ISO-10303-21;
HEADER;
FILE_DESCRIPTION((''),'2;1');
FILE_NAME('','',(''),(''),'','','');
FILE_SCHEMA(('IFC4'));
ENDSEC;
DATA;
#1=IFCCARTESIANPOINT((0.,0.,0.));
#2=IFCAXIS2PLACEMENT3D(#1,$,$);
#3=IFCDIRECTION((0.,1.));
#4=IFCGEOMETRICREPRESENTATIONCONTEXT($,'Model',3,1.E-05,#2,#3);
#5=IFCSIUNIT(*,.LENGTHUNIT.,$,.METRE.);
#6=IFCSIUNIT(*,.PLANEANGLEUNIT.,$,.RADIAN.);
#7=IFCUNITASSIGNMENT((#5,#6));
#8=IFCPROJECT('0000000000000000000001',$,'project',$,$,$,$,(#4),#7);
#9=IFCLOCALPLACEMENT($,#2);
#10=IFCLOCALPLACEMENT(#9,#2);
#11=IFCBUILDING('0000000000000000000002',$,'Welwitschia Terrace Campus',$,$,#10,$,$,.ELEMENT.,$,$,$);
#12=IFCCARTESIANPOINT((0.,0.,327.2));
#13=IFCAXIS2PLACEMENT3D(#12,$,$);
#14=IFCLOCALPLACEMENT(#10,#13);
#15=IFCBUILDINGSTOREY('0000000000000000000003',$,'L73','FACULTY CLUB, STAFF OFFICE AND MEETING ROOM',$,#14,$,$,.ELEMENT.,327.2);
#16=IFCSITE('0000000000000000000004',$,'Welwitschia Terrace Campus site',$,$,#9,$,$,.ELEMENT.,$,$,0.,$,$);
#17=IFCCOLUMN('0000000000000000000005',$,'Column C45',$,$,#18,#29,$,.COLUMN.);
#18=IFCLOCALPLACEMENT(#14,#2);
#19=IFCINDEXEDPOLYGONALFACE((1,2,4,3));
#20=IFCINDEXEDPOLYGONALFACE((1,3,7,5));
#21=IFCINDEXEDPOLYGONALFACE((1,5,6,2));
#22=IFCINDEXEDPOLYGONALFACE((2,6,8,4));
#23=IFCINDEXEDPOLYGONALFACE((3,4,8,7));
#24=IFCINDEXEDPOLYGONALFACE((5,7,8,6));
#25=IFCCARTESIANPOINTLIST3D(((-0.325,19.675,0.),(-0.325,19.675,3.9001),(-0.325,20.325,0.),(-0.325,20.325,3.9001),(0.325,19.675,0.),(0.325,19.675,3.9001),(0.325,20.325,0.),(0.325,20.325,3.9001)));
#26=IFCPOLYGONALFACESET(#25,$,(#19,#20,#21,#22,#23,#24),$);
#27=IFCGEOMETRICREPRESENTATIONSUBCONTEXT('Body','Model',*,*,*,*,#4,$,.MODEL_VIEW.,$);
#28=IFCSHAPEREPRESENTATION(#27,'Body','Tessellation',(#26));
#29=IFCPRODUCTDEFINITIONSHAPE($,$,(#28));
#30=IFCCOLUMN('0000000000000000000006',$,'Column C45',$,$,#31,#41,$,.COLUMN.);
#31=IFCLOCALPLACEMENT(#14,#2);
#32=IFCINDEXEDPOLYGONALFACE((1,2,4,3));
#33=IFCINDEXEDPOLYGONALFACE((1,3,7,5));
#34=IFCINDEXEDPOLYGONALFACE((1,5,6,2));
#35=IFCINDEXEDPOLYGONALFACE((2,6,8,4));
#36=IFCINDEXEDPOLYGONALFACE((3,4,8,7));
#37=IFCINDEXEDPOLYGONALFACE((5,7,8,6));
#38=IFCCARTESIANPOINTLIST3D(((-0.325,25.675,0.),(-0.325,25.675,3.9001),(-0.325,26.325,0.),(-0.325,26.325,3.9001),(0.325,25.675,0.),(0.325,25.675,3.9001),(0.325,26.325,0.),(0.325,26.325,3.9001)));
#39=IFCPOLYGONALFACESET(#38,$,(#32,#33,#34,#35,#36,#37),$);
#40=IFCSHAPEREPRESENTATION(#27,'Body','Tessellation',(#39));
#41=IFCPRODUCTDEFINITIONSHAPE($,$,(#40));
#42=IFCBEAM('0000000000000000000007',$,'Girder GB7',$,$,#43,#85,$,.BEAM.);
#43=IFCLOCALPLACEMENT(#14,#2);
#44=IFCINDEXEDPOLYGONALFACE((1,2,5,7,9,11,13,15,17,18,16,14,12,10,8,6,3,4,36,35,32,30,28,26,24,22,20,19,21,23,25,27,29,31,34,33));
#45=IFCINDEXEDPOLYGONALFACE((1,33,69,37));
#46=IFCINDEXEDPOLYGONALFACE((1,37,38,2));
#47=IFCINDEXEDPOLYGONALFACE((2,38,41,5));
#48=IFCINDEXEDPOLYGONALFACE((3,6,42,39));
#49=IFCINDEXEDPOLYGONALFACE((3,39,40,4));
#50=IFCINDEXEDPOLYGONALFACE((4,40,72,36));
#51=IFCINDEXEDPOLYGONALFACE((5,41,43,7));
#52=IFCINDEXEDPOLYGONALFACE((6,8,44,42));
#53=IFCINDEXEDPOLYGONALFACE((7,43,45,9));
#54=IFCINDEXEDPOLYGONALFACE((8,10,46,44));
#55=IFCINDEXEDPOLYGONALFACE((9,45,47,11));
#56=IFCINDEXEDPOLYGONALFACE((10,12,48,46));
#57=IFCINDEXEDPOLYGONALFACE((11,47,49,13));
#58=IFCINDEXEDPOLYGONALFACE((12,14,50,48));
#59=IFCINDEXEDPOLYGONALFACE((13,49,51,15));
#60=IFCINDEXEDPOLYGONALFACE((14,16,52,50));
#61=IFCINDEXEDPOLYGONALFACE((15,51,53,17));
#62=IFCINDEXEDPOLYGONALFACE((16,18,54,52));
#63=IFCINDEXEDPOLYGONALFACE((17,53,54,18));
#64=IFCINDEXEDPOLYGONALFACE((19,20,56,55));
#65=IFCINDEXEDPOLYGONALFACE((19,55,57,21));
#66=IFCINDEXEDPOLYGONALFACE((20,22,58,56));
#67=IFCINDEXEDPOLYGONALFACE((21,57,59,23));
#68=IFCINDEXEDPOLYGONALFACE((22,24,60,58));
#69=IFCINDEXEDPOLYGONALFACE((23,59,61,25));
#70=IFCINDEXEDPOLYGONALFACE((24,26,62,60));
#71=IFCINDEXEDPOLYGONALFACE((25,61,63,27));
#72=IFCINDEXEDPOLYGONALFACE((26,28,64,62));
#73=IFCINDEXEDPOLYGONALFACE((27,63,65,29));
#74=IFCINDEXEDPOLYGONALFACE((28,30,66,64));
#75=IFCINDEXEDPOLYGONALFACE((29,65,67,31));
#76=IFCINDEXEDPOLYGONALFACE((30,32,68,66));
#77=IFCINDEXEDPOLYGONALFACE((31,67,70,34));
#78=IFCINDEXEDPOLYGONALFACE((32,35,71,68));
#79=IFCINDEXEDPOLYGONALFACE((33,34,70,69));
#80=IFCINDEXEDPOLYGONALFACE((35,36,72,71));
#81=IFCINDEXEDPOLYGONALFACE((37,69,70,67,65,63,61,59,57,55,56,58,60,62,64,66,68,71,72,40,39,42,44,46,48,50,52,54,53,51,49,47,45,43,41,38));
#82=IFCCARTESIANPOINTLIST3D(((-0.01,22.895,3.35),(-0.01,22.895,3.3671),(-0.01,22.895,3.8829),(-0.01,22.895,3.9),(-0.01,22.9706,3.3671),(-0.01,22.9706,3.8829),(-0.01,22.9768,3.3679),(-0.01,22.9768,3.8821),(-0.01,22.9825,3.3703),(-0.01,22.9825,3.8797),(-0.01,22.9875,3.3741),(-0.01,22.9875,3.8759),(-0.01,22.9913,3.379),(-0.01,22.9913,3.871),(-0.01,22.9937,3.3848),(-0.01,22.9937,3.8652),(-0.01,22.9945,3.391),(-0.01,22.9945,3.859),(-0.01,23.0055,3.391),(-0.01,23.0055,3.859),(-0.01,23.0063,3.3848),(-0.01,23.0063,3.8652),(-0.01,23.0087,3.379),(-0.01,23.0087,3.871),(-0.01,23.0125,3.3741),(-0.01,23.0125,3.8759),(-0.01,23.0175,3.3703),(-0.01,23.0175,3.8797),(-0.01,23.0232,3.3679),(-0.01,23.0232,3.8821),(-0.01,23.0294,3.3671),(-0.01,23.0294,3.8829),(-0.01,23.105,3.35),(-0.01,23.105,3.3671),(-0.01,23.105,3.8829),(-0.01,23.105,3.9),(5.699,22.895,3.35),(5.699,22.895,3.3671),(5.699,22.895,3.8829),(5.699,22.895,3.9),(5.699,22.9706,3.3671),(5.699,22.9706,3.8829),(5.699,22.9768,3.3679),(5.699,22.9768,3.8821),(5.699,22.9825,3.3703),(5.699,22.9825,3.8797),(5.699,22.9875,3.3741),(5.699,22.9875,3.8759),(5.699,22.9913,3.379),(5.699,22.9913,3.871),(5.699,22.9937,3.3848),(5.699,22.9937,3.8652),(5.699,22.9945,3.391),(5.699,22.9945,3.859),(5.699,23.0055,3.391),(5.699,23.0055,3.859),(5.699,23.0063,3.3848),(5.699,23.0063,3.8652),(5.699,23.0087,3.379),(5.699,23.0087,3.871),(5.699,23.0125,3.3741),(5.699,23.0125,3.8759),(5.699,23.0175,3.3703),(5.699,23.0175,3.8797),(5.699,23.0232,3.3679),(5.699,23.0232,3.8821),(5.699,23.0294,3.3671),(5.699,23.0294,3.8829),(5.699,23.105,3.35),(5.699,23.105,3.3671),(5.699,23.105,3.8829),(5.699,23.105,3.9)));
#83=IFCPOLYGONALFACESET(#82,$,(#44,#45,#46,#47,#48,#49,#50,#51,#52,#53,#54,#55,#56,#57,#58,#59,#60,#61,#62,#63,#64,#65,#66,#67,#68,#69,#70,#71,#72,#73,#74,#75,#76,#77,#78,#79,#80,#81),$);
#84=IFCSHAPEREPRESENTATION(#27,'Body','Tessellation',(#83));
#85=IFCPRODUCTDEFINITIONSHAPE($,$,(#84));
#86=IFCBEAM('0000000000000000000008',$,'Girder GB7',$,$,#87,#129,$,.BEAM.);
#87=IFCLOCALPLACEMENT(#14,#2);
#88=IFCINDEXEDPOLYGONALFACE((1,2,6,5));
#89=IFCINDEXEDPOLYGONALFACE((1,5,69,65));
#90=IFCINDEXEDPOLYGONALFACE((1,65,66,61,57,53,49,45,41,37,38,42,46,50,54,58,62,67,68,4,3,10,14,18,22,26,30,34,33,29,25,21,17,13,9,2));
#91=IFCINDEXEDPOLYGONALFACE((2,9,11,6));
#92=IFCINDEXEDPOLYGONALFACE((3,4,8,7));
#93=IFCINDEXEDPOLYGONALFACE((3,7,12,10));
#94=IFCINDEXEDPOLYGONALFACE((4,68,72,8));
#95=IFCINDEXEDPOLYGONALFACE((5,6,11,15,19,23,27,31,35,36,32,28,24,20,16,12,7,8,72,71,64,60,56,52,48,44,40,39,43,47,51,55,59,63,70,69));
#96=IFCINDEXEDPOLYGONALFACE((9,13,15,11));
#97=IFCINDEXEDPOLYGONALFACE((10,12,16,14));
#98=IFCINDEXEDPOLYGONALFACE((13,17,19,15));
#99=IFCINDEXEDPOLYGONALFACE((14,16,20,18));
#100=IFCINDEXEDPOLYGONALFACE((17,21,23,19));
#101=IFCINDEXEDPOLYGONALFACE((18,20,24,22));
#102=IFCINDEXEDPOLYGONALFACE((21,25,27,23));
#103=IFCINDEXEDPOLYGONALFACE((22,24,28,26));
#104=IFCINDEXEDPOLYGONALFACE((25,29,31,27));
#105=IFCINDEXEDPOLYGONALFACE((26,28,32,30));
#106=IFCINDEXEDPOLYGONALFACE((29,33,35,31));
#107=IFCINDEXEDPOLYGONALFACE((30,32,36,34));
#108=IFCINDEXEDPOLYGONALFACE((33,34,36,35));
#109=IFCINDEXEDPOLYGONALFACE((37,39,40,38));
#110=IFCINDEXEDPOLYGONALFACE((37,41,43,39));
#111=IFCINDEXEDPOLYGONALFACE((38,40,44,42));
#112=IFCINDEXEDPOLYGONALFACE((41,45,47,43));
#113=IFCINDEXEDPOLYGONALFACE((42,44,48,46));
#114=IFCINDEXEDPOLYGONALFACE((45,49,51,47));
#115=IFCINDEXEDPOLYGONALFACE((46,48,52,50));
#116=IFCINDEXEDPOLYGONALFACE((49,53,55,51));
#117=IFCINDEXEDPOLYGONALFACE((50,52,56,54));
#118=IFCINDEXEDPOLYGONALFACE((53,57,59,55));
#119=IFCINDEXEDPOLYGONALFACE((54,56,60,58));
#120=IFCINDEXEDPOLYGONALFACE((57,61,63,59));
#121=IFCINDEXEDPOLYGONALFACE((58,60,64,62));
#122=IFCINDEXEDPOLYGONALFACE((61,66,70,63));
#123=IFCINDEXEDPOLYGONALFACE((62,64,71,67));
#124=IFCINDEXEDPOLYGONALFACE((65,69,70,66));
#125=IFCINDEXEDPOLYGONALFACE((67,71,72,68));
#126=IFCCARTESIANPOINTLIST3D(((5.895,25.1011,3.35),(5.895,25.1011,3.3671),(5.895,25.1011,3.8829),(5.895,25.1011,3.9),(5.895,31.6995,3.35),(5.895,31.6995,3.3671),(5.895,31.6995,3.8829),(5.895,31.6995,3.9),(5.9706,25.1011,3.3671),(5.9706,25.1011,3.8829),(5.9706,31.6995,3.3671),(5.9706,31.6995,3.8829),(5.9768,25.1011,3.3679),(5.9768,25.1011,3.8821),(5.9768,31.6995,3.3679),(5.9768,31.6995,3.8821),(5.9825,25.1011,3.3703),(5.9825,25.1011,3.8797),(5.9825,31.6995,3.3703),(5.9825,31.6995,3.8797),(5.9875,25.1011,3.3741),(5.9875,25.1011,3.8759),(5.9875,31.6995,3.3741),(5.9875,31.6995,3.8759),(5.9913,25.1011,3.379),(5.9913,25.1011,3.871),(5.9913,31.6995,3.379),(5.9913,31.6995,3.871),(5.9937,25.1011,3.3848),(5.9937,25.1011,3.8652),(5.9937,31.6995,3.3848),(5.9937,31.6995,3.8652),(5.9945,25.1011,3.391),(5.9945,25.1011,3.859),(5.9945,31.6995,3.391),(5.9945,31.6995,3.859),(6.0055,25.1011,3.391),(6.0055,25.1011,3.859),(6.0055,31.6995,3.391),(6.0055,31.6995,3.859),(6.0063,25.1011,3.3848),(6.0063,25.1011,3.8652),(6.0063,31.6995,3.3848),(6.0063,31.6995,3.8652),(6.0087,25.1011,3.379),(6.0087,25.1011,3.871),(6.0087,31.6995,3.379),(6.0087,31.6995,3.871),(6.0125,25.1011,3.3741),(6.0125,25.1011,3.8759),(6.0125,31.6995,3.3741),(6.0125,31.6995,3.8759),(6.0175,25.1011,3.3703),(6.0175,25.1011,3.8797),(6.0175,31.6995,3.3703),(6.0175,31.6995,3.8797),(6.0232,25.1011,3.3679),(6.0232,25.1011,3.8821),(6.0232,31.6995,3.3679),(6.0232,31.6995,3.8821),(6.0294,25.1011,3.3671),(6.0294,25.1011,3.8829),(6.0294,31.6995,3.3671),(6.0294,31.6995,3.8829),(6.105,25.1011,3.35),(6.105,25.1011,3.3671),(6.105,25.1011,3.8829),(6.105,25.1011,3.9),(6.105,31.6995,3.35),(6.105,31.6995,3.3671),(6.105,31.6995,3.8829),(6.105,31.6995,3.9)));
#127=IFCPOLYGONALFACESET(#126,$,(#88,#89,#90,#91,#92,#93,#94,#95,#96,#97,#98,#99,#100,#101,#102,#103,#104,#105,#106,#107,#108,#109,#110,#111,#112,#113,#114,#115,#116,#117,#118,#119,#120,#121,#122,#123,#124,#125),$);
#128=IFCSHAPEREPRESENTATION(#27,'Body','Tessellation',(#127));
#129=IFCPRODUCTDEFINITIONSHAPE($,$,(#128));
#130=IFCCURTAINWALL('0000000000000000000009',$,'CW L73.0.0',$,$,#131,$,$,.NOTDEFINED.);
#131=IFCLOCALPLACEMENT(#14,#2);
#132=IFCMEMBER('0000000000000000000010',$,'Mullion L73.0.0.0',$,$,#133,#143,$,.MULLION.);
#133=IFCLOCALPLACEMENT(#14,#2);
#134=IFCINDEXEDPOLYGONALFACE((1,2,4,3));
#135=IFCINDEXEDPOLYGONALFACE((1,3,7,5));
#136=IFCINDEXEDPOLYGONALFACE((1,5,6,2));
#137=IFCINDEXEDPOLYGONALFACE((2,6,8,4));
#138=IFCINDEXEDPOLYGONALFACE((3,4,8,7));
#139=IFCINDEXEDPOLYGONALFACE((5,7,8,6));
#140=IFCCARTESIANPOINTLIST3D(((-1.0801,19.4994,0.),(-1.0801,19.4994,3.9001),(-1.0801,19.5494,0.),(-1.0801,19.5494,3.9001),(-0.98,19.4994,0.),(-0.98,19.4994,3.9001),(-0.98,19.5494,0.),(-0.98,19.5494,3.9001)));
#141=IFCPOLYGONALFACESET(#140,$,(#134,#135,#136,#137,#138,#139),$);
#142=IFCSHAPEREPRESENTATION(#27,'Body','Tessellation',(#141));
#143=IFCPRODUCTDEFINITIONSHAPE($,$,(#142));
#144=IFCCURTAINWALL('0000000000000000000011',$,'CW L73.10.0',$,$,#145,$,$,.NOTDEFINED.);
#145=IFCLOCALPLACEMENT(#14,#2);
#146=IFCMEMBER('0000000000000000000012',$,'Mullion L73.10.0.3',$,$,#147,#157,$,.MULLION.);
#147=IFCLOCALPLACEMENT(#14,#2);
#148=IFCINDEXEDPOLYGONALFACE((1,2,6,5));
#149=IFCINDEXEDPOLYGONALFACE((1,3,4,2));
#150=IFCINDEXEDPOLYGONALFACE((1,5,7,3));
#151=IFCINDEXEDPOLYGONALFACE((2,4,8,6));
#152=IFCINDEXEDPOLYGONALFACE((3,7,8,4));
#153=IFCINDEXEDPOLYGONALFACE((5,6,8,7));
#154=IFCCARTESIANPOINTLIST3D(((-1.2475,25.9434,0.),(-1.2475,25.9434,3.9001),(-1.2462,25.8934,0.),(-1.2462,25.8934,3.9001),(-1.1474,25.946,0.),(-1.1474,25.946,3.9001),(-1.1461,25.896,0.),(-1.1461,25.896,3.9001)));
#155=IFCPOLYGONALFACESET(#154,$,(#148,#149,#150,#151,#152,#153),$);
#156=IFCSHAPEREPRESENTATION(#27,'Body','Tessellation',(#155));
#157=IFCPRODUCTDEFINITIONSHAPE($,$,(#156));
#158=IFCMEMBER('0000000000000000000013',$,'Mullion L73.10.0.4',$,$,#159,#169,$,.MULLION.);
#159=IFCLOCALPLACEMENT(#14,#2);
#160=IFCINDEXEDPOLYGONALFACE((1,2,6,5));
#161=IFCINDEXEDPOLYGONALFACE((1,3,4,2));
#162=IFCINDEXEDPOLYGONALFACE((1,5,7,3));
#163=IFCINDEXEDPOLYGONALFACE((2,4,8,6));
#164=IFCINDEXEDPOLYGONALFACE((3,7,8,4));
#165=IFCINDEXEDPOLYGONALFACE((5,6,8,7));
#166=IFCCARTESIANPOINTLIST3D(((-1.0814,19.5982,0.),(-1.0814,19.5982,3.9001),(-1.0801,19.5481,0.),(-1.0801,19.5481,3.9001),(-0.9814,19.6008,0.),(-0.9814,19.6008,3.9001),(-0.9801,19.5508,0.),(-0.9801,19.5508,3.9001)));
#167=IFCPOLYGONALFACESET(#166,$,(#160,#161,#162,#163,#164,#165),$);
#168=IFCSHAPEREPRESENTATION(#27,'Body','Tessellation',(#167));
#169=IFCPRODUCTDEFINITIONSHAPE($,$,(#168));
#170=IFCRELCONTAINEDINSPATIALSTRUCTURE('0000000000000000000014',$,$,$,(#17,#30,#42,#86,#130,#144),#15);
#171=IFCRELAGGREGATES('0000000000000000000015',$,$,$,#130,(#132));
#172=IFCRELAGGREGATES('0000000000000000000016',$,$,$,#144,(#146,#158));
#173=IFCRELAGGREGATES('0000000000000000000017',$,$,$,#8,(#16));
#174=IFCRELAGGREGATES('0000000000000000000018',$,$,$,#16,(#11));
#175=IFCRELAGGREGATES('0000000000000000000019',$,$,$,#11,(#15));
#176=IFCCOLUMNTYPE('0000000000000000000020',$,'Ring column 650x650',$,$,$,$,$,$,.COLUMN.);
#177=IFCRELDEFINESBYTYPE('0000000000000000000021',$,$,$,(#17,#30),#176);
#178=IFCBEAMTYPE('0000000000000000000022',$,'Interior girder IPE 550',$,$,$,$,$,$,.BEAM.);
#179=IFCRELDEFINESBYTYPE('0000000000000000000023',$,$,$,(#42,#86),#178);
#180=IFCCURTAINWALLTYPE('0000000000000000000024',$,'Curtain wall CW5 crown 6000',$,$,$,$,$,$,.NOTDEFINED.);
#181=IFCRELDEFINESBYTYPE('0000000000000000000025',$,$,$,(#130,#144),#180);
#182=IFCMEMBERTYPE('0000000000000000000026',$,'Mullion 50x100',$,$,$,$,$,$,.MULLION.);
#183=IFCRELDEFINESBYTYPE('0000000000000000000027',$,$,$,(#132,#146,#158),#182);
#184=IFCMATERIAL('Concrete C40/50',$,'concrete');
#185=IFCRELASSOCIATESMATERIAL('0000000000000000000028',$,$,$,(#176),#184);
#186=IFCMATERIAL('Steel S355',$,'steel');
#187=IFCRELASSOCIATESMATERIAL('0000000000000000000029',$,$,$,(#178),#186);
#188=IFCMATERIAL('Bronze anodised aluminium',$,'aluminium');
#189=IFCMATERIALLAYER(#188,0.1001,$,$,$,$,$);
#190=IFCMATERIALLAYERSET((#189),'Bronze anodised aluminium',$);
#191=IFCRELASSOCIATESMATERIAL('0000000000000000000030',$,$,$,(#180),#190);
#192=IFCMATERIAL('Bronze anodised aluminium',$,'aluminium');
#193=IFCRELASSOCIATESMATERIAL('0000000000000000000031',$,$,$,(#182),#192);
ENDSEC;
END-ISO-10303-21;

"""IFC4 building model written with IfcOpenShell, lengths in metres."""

from ifc_helpers import new_model, si_unit, direction, frame, origin, origin_2d, place, context, subcontext, project, spatial, rectangle, i_section, extrude, material, layer, layer_set, material_profile, profile_set, type_object, element, aggregate, save


model = new_model("IFC4")

# Units and contexts
model_context = context("Model", 3, precision=1e-05, world=origin(), true_north=direction((0.0, 1.0)))
body_context = subcontext(model_context, "Body", "Model", "MODEL_VIEW")
ifc_project = project(units=[si_unit("LENGTHUNIT", "METRE"), si_unit("PLANEANGLEUNIT", "RADIAN")], contexts=[model_context])

# Site, building, storey
site_placement = place(None, origin())
site = spatial("IfcSite", under=ifc_project, at=site_placement, Name="Welwitschia Terrace Campus site", CompositionType="ELEMENT", RefElevation=0.0)
building_placement = place(site_placement, origin())
building = spatial("IfcBuilding", under=site, at=building_placement, Name="Welwitschia Terrace Campus", CompositionType="ELEMENT")
storey_placement = place(building_placement, frame((0.0, 0.0, 327.2)))
storey = spatial("IfcBuildingStorey", under=building, at=storey_placement, Name="L73", Description="FACULTY CLUB, STAFF OFFICE AND MEETING ROOM", CompositionType="ELEMENT", Elevation=327.2)

# Columns
ifc_material_1 = material(Name="Concrete C40/50", Category="concrete")
ifc_material_profile_1 = material_profile(ifc_material_1, rectangle(XDim=0.6499, YDim=0.6499, at=origin_2d()))
ifc_profile_set_1 = profile_set([ifc_material_profile_1], Name="Concrete C40/50")
column_type = type_object("IfcColumnType", Name="Ring column 650x650", PredefinedType="COLUMN", material=ifc_profile_set_1)
for number, where, z_axis, x_axis, name in (
    (1, (0.0, 20.0, 0.0), (0.0, 0.0, 1.0), (1.0, 0.0, 0.0), "Column C45"),
    (2, (0.0, 26.0, 0.0), (0.0, 0.0, 1.0), (1.0, 0.0, 0.0), "Column C45"),
):
    element("IfcColumn", number, at=place(storey_placement, frame(where, z_axis=z_axis, x_axis=x_axis)), inside=storey, type_object=column_type, Name=name, PredefinedType="COLUMN", context=body_context, shape_type="SweptSolid", body=[
        extrude(rectangle(XDim=0.6499, YDim=0.6499, at=origin_2d()), origin(), (0.0, 0.0, 1.0), 3.9001),
    ])

# Beams
ifc_material_2 = material(Name="Steel S355", Category="steel")
ifc_material_profile_2 = material_profile(ifc_material_2, i_section(OverallWidth=0.21, OverallDepth=0.55, WebThickness=0.011, FlangeThickness=0.0171, FilletRadius=0.0239, at=origin_2d()))
ifc_profile_set_2 = profile_set([ifc_material_profile_2], Name="Steel S355")
beam_type_1 = type_object("IfcBeamType", Name="Interior girder IPE 550", PredefinedType="BEAM", material=ifc_profile_set_2)
beam_1_placement = place(storey_placement, frame((-0.01, 23.0, 3.625), z_axis=(1.0, 0.0, 0.0), x_axis=(0.0, 1.0, 0.0)))
element("IfcBeam", 3, at=beam_1_placement, inside=storey, type_object=beam_type_1, Name="Girder GB7", PredefinedType="BEAM", context=body_context, shape_type="SweptSolid", body=[
    extrude(i_section(OverallWidth=0.21, OverallDepth=0.55, WebThickness=0.011, FlangeThickness=0.0171, FilletRadius=0.0239, at=origin_2d()), origin(), (0.0, 0.0, 1.0), 5.709),
])
beam_2_placement = place(storey_placement, frame((6.0, 25.1011, 3.625), z_axis=(0.0, 1.0, 0.0), x_axis=(-1.0, 0.0, 0.0)))
element("IfcBeam", 4, at=beam_2_placement, inside=storey, type_object=beam_type_1, Name="Girder GB7", PredefinedType="BEAM", context=body_context, shape_type="SweptSolid", body=[
    extrude(i_section(OverallWidth=0.21, OverallDepth=0.55, WebThickness=0.011, FlangeThickness=0.0171, FilletRadius=0.0239, at=origin_2d()), origin(), (0.0, 0.0, 1.0), 6.5984),
])

# Curtain wall, member
ifc_material_3 = material(Name="Bronze anodised aluminium", Category="aluminium")
ifc_layer_1 = layer(ifc_material_3, 0.1001)
ifc_layer_set_1 = layer_set([ifc_layer_1], Name="Bronze anodised aluminium")
curtain_wall_type = type_object("IfcCurtainWallType", Name="Curtain wall CW5 crown 6000", PredefinedType="NOTDEFINED", material=ifc_layer_set_1)
curtain_wall_1_placement = place(storey_placement, origin())
curtain_wall_1 = element("IfcCurtainWall", 5, at=curtain_wall_1_placement, inside=storey, type_object=curtain_wall_type, Name="CW L73.0.0", PredefinedType="NOTDEFINED")
ifc_material_4 = material(Name="Bronze anodised aluminium", Category="aluminium")
ifc_material_profile_3 = material_profile(ifc_material_4, rectangle(XDim=0.1001, YDim=0.05, at=origin_2d()))
ifc_profile_set_3 = profile_set([ifc_material_profile_3], Name="Bronze anodised aluminium")
member_type_1 = type_object("IfcMemberType", Name="Mullion 50x100", PredefinedType="MULLION", material=ifc_profile_set_3)
member_1_placement = place(storey_placement, frame((-1.03, 19.5244, 0.0), z_axis=(0.0, 0.0, 1.0), x_axis=(1.0, 0.0, 0.0)))
member_1 = element("IfcMember", 6, at=member_1_placement, type_object=member_type_1, Name="Mullion L73.0.0.0", PredefinedType="MULLION", context=body_context, shape_type="SweptSolid", body=[
    extrude(rectangle(XDim=0.1001, YDim=0.05, at=origin_2d()), origin(), (0.0, 0.0, 1.0), 3.9001),
])

# Curtain wall, members
curtain_wall_2_placement = place(storey_placement, origin())
curtain_wall_2 = element("IfcCurtainWall", 7, at=curtain_wall_2_placement, inside=storey, type_object=curtain_wall_type, Name="CW L73.10.0", PredefinedType="NOTDEFINED")
member_2_placement = place(storey_placement, frame((-1.1968, 25.9197, 0.0), z_axis=(0.0, 0.0, 1.0), x_axis=(0.999657, 0.026177, 0.0)))
member_2 = element("IfcMember", 8, at=member_2_placement, type_object=member_type_1, Name="Mullion L73.10.0.3", PredefinedType="MULLION", context=body_context, shape_type="SweptSolid", body=[
    extrude(rectangle(XDim=0.1001, YDim=0.05, at=origin_2d()), origin(), (0.0, 0.0, 1.0), 3.9001),
])
member_3_placement = place(storey_placement, frame((-1.0308, 19.5745, 0.0), z_axis=(0.0, 0.0, 1.0), x_axis=(0.999657, 0.026177, 0.0)))
member_3 = element("IfcMember", 9, at=member_3_placement, type_object=member_type_1, Name="Mullion L73.10.0.4", PredefinedType="MULLION", context=body_context, shape_type="SweptSolid", body=[
    extrude(rectangle(XDim=0.1001, YDim=0.05, at=origin_2d()), origin(), (0.0, 0.0, 1.0), 3.9001),
])

aggregate(curtain_wall_1, [member_1])

aggregate(curtain_wall_2, [member_2, member_3])

save(model, "model.ifc")
